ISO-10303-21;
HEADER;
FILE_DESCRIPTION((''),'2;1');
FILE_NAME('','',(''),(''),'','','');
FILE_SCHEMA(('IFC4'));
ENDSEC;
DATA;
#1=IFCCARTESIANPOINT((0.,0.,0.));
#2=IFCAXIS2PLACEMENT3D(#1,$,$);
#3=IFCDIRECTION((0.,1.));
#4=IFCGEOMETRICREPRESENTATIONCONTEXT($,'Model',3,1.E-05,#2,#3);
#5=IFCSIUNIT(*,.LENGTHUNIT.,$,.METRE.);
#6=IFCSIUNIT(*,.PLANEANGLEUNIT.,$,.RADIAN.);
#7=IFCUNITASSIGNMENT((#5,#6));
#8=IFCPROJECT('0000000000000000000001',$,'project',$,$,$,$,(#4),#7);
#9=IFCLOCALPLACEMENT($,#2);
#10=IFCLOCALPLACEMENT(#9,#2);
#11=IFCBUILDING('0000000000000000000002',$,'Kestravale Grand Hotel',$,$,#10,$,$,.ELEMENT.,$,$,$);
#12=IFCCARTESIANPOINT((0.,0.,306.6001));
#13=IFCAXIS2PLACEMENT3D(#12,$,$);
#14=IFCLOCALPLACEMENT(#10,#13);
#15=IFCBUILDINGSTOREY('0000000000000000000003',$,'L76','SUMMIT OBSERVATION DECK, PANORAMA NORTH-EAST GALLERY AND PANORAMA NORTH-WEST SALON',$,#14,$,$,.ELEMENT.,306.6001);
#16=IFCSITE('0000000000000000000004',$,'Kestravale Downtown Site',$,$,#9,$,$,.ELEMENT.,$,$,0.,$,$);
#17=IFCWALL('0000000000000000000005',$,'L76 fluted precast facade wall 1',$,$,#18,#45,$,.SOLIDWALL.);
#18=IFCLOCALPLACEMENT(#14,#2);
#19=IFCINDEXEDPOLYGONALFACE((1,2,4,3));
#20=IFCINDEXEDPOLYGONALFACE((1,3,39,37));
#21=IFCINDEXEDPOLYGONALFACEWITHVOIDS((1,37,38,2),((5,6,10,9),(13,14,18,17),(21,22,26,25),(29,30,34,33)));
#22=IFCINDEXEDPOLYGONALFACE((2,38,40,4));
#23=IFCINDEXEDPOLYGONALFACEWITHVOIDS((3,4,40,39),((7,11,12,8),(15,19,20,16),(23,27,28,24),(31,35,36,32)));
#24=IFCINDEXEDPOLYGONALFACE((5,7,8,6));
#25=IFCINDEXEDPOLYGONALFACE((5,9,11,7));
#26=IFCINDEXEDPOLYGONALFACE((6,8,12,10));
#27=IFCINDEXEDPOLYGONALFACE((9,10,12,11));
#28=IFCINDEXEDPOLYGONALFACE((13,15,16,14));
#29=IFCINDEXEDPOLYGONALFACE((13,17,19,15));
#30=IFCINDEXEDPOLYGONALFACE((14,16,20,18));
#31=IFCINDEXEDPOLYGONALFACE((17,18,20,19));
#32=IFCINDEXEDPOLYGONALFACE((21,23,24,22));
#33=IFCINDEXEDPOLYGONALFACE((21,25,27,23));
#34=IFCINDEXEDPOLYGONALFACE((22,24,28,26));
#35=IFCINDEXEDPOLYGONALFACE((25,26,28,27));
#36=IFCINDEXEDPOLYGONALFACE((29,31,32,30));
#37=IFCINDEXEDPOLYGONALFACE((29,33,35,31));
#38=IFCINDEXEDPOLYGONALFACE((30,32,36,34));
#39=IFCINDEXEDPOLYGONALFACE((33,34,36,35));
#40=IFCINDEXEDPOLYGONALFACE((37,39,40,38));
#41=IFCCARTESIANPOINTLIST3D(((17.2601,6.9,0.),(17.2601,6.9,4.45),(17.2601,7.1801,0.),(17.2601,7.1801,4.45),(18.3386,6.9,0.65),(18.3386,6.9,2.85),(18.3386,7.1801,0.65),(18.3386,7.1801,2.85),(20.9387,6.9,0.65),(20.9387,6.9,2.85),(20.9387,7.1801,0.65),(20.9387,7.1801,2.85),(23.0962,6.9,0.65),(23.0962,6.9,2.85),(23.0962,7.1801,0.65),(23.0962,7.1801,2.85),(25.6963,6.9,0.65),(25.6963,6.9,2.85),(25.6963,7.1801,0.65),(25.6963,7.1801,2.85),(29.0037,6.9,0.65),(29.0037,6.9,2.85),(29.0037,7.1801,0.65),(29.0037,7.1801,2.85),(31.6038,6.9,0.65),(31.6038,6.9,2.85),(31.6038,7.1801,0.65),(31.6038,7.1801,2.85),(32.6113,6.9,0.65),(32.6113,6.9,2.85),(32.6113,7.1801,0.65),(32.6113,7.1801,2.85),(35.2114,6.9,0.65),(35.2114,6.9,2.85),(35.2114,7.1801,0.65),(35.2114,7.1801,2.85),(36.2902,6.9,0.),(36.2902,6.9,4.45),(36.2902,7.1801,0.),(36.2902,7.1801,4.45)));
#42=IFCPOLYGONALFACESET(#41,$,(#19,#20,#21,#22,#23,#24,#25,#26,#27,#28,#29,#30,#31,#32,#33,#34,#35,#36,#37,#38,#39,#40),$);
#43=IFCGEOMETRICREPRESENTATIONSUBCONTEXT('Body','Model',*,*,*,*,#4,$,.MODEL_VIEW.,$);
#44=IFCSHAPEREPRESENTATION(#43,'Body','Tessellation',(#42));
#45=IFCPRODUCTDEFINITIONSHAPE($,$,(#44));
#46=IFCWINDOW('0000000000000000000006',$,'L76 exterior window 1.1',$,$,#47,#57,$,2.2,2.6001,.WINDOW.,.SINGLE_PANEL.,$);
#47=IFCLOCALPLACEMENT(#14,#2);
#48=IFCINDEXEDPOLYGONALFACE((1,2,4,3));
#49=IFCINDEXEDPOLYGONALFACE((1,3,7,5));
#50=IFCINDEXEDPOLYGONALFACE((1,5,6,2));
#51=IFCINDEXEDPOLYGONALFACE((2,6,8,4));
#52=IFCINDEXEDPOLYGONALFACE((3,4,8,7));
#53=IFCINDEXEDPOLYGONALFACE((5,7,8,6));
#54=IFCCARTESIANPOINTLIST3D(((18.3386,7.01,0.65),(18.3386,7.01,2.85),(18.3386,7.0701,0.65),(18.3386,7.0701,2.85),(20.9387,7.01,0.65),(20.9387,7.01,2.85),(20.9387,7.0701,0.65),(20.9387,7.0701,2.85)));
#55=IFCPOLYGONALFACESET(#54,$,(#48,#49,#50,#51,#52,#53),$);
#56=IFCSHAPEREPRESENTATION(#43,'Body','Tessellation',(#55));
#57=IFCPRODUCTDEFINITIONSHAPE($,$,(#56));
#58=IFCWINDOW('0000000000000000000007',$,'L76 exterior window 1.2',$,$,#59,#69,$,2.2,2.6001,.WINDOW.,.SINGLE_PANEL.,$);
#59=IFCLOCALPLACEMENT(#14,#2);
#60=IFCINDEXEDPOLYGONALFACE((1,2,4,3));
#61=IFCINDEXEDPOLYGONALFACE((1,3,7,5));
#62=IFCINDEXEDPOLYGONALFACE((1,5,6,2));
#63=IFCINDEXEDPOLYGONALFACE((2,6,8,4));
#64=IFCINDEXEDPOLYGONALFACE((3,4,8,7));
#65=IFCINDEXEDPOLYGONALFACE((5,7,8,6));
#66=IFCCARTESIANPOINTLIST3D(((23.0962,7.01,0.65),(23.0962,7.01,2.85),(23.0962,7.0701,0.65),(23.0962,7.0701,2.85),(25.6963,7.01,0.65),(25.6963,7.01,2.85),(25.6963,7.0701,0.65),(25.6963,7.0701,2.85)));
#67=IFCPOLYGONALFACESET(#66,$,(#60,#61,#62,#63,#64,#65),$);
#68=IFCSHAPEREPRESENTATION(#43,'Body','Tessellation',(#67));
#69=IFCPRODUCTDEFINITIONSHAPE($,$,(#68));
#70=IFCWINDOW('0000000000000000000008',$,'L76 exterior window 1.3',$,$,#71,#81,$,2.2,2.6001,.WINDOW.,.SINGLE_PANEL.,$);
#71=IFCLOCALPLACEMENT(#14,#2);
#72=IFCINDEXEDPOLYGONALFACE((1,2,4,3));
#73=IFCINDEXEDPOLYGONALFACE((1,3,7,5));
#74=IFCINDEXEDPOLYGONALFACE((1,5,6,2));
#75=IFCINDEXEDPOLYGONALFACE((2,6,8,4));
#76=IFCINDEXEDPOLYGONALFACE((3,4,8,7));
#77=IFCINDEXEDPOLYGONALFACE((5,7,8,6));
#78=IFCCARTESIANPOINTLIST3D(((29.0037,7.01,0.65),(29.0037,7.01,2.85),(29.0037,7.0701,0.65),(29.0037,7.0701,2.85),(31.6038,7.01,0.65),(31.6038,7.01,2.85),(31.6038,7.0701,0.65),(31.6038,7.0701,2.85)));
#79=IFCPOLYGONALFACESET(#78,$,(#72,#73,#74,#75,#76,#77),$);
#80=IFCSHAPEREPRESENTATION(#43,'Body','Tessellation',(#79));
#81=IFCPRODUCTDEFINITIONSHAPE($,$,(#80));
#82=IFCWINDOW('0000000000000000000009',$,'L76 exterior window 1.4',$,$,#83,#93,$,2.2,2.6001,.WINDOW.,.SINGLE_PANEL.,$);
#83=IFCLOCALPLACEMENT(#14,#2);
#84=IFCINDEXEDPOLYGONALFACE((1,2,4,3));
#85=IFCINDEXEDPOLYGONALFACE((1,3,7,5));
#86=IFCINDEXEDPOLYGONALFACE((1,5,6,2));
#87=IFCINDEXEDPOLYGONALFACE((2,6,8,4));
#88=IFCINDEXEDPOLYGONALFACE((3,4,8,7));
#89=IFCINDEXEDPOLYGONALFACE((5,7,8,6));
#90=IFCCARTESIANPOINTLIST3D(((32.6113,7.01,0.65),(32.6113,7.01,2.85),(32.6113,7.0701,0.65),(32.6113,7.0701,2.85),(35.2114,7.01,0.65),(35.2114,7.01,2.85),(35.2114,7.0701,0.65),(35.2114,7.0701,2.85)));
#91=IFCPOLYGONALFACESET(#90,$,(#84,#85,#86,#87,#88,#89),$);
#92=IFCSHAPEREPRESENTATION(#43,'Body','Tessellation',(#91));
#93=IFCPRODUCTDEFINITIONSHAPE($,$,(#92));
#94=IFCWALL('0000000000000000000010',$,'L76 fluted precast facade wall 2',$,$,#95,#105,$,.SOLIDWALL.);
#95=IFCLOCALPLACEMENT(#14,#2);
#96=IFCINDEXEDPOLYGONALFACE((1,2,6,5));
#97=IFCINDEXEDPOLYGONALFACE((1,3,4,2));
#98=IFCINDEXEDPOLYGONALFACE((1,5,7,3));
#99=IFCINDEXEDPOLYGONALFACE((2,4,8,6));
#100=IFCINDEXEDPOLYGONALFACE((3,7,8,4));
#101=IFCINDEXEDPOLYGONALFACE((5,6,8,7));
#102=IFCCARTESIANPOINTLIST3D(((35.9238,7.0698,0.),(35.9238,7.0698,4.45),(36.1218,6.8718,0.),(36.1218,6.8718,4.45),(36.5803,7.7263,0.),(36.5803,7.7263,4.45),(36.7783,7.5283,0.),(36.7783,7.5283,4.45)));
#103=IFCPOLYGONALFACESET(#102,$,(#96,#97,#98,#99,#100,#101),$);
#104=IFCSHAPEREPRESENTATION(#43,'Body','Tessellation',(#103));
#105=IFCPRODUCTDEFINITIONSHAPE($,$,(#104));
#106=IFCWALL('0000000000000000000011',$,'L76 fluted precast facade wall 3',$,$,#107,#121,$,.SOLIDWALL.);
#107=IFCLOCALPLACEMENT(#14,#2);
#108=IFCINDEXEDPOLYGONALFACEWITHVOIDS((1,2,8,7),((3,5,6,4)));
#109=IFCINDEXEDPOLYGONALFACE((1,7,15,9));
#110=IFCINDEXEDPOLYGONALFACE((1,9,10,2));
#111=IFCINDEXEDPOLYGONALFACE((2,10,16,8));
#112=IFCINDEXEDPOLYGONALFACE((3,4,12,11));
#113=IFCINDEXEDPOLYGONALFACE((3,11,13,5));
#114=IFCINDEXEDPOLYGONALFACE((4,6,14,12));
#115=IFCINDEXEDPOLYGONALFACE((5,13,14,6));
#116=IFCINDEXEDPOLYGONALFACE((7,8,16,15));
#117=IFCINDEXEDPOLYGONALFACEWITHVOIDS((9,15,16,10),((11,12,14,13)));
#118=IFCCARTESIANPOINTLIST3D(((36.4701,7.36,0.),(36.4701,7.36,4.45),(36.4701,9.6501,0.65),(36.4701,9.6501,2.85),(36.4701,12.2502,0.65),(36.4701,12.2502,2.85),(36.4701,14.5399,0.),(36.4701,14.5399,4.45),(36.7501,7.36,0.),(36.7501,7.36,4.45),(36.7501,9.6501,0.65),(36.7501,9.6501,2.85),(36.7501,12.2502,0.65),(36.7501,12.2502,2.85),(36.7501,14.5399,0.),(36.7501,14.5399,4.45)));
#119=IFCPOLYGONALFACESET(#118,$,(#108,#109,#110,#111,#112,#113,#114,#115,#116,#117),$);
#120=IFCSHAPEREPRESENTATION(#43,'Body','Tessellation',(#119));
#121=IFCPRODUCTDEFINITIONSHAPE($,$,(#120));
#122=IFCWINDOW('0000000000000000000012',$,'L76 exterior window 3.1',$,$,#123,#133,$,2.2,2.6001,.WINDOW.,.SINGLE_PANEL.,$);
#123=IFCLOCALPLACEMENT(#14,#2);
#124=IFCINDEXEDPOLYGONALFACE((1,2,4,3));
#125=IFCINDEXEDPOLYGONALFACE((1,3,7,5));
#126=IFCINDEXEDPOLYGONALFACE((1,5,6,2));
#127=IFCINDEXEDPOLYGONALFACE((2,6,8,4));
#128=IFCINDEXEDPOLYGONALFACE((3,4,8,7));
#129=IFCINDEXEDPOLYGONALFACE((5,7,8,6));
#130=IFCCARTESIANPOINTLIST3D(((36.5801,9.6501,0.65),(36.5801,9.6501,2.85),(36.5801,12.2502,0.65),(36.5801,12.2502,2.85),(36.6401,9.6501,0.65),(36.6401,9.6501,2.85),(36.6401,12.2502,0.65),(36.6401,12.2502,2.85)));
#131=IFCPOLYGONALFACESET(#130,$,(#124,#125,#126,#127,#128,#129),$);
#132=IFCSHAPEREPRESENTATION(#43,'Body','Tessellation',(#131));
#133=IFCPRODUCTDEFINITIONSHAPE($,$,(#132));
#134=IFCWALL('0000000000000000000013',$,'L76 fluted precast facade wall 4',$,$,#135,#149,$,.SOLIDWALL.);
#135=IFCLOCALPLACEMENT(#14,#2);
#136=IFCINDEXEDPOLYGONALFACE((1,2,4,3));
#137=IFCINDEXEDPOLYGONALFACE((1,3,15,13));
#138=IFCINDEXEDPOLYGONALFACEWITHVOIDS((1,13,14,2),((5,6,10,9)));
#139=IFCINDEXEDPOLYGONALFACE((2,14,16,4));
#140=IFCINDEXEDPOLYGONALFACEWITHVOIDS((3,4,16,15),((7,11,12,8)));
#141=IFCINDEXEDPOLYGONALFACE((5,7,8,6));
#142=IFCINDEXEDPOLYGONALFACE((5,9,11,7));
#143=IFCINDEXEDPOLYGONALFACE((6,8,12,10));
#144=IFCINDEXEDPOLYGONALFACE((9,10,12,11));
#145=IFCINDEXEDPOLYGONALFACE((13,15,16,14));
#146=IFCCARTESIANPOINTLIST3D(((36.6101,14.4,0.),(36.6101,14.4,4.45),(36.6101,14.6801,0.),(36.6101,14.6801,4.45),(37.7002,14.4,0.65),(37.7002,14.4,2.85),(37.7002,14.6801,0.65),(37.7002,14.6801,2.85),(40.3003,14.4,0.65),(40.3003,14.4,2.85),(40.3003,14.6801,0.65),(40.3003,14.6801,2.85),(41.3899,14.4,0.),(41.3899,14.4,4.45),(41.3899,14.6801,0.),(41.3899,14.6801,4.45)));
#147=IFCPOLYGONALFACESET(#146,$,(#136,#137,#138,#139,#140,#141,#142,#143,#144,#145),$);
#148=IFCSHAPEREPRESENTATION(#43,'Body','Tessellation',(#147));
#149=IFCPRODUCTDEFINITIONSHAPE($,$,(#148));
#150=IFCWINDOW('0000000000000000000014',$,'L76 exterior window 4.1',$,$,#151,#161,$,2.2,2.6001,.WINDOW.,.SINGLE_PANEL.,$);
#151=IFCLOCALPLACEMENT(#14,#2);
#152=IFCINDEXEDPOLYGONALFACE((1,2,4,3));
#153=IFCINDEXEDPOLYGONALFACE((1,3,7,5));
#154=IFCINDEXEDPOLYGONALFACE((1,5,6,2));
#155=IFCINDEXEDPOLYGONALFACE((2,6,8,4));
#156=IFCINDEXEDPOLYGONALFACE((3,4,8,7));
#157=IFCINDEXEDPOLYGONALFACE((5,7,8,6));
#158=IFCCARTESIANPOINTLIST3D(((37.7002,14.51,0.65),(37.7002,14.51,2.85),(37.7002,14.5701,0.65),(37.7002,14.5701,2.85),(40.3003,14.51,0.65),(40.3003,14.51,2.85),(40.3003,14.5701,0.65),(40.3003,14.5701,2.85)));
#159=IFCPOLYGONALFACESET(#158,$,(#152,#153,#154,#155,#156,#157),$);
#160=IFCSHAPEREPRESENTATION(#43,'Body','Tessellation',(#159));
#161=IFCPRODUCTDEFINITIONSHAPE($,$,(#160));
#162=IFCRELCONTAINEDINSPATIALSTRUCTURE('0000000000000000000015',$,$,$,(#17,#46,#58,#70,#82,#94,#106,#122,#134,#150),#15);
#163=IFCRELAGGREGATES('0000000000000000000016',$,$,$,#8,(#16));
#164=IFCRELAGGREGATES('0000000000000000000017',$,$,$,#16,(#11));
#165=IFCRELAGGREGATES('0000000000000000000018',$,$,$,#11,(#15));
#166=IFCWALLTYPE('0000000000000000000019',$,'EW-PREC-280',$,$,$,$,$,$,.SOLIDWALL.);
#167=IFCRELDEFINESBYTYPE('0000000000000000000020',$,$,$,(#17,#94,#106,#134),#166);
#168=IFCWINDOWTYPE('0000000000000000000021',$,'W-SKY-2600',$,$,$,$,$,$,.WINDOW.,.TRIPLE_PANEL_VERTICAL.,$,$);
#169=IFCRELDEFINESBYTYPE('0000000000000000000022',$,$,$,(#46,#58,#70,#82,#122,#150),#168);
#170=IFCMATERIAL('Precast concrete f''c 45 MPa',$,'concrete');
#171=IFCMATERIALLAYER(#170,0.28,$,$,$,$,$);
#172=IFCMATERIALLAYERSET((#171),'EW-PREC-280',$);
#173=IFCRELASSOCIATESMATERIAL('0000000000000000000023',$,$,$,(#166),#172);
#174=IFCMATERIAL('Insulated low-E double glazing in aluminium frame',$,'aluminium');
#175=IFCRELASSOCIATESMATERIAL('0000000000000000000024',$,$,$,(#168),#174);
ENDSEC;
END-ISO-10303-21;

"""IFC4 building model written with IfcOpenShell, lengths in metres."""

from ifc_helpers import new_model, si_unit, direction, frame, frame_2d, origin, place, context, subcontext, project, spatial, rectangle, extrude, material, layer, layer_set, type_object, element, fill, save


model = new_model("IFC4")

# Units and contexts
model_context = context("Model", 3, precision=1e-05, world=origin(), true_north=direction((0.0, 1.0)))
body_context = subcontext(model_context, "Body", "Model", "MODEL_VIEW")
ifc_project = project(units=[si_unit("LENGTHUNIT", "METRE"), si_unit("PLANEANGLEUNIT", "RADIAN")], contexts=[model_context])

# Site, building, storey
site_placement = place(None, origin())
site = spatial("IfcSite", under=ifc_project, at=site_placement, Name="Kestravale Downtown Site", CompositionType="ELEMENT", RefElevation=0.0)
building_placement = place(site_placement, origin())
building = spatial("IfcBuilding", under=site, at=building_placement, Name="Kestravale Grand Hotel", CompositionType="ELEMENT")
storey_placement = place(building_placement, frame((0.0, 0.0, 306.6001)))
storey = spatial("IfcBuildingStorey", under=building, at=storey_placement, Name="L76", Description="SUMMIT OBSERVATION DECK, PANORAMA NORTH-EAST GALLERY AND PANORAMA NORTH-WEST SALON", CompositionType="ELEMENT", Elevation=306.6001)

# Wall, openings, windows
ifc_material_1 = material(Name="Precast concrete f'c 45 MPa", Category="concrete")
ifc_layer_1 = layer(ifc_material_1, 0.28)
ifc_layer_set_1 = layer_set([ifc_layer_1], Name="EW-PREC-280")
wall_type_1 = type_object("IfcWallType", Name="EW-PREC-280", PredefinedType="SOLIDWALL", material=ifc_layer_set_1)
wall_1_placement = place(storey_placement, frame((17.26, 7.04, 0.0), z_axis=(0.0, 0.0, 1.0), x_axis=(1.0, 0.0, 0.0)))
wall_1 = element("IfcWall", 1, at=wall_1_placement, inside=storey, type_object=wall_type_1, Name="L76 fluted precast facade wall 1", PredefinedType="SOLIDWALL", context=body_context, shape_type="SweptSolid", body=[
    extrude(rectangle(XDim=19.03, YDim=0.28, at=frame_2d((9.5151, 0.0))), origin(), (0.0, 0.0, 1.0), 4.45),
])
opening_1_placement = place(wall_1_placement, frame((1.0786, 0.0, 0.6499)))
opening_1 = element("IfcOpeningElement", 2, at=opening_1_placement, cuts=wall_1, PredefinedType="OPENING", context=body_context, shape_type="SweptSolid", body=[
    extrude(rectangle(XDim=2.6001, YDim=2.2, at=frame_2d((1.3, 1.1001))), frame((0.0, 0.1499, 0.0), z_axis=(0.0, -1.0, 0.0), x_axis=(1.0, 0.0, 0.0)), (0.0, 0.0, 1.0), 0.3),
])
opening_2_placement = place(wall_1_placement, frame((5.8362, 0.0, 0.6499)))
opening_2 = element("IfcOpeningElement", 3, at=opening_2_placement, cuts=wall_1, PredefinedType="OPENING", context=body_context, shape_type="SweptSolid", body=[
    extrude(rectangle(XDim=2.6001, YDim=2.2, at=frame_2d((1.3, 1.1001))), frame((0.0, 0.1499, 0.0), z_axis=(0.0, -1.0, 0.0), x_axis=(1.0, 0.0, 0.0)), (0.0, 0.0, 1.0), 0.3),
])
opening_3_placement = place(wall_1_placement, frame((11.7437, 0.0, 0.6499)))
opening_3 = element("IfcOpeningElement", 4, at=opening_3_placement, cuts=wall_1, PredefinedType="OPENING", context=body_context, shape_type="SweptSolid", body=[
    extrude(rectangle(XDim=2.6001, YDim=2.2, at=frame_2d((1.3, 1.1001))), frame((0.0, 0.1499, 0.0), z_axis=(0.0, -1.0, 0.0), x_axis=(1.0, 0.0, 0.0)), (0.0, 0.0, 1.0), 0.3),
])
opening_4_placement = place(wall_1_placement, frame((15.3513, 0.0, 0.6499)))
opening_4 = element("IfcOpeningElement", 5, at=opening_4_placement, cuts=wall_1, PredefinedType="OPENING", context=body_context, shape_type="SweptSolid", body=[
    extrude(rectangle(XDim=2.6001, YDim=2.2, at=frame_2d((1.3, 1.1001))), frame((0.0, 0.1499, 0.0), z_axis=(0.0, -1.0, 0.0), x_axis=(1.0, 0.0, 0.0)), (0.0, 0.0, 1.0), 0.3),
])
ifc_material_2 = material(Name="Insulated low-E double glazing in aluminium frame", Category="aluminium")
window_type = type_object("IfcWindowType", Name="W-SKY-2600", PartitioningType="TRIPLE_PANEL_VERTICAL", PredefinedType="WINDOW", material=ifc_material_2)
window_1_placement = place(opening_1_placement, origin())
window_1 = element("IfcWindow", 6, at=window_1_placement, inside=storey, type_object=window_type, Name="L76 exterior window 1.1", OverallHeight=2.2, OverallWidth=2.6001, PartitioningType="SINGLE_PANEL", PredefinedType="WINDOW", context=body_context, shape_type="SweptSolid", body=[
    extrude(rectangle(XDim=2.6001, YDim=2.2, at=frame_2d((1.3, 1.1001))), frame((0.0, 0.03, 0.0), z_axis=(0.0, -1.0, 0.0), x_axis=(1.0, 0.0, 0.0)), (0.0, 0.0, 1.0), 0.0601),
])
fill(opening_1, window_1)
window_2_placement = place(opening_2_placement, origin())
window_2 = element("IfcWindow", 7, at=window_2_placement, inside=storey, type_object=window_type, Name="L76 exterior window 1.2", OverallHeight=2.2, OverallWidth=2.6001, PartitioningType="SINGLE_PANEL", PredefinedType="WINDOW", context=body_context, shape_type="SweptSolid", body=[
    extrude(rectangle(XDim=2.6001, YDim=2.2, at=frame_2d((1.3, 1.1001))), frame((0.0, 0.03, 0.0), z_axis=(0.0, -1.0, 0.0), x_axis=(1.0, 0.0, 0.0)), (0.0, 0.0, 1.0), 0.0601),
])
fill(opening_2, window_2)
window_3_placement = place(opening_3_placement, origin())
window_3 = element("IfcWindow", 8, at=window_3_placement, inside=storey, type_object=window_type, Name="L76 exterior window 1.3", OverallHeight=2.2, OverallWidth=2.6001, PartitioningType="SINGLE_PANEL", PredefinedType="WINDOW", context=body_context, shape_type="SweptSolid", body=[
    extrude(rectangle(XDim=2.6001, YDim=2.2, at=frame_2d((1.3, 1.1001))), frame((0.0, 0.03, 0.0), z_axis=(0.0, -1.0, 0.0), x_axis=(1.0, 0.0, 0.0)), (0.0, 0.0, 1.0), 0.0601),
])
fill(opening_3, window_3)
window_4_placement = place(opening_4_placement, origin())
window_4 = element("IfcWindow", 9, at=window_4_placement, inside=storey, type_object=window_type, Name="L76 exterior window 1.4", OverallHeight=2.2, OverallWidth=2.6001, PartitioningType="SINGLE_PANEL", PredefinedType="WINDOW", context=body_context, shape_type="SweptSolid", body=[
    extrude(rectangle(XDim=2.6001, YDim=2.2, at=frame_2d((1.3, 1.1001))), frame((0.0, 0.03, 0.0), z_axis=(0.0, -1.0, 0.0), x_axis=(1.0, 0.0, 0.0)), (0.0, 0.0, 1.0), 0.0601),
])
fill(opening_4, window_4)

# Wall
wall_2_placement = place(storey_placement, frame((36.0227, 6.9707, 0.0), z_axis=(0.0, 0.0, 1.0), x_axis=(0.707107, 0.707107, 0.0)))
element("IfcWall", 10, at=wall_2_placement, inside=storey, type_object=wall_type_1, Name="L76 fluted precast facade wall 2", PredefinedType="SOLIDWALL", context=body_context, shape_type="SweptSolid", body=[
    extrude(rectangle(XDim=0.9285, YDim=0.28, at=frame_2d((0.4644, 0.0))), origin(), (0.0, 0.0, 1.0), 4.45),
])

# Walls, openings, windows
wall_3_placement = place(storey_placement, frame((36.6101, 7.3601, 0.0), z_axis=(0.0, 0.0, 1.0), x_axis=(0.0, 1.0, 0.0)))
wall_3 = element("IfcWall", 11, at=wall_3_placement, inside=storey, type_object=wall_type_1, Name="L76 fluted precast facade wall 3", PredefinedType="SOLIDWALL", context=body_context, shape_type="SweptSolid", body=[
    extrude(rectangle(XDim=7.1799, YDim=0.28, at=frame_2d((3.5898, 0.0))), origin(), (0.0, 0.0, 1.0), 4.45),
])
opening_5_placement = place(wall_3_placement, frame((2.29, 0.0, 0.6499)))
opening_5 = element("IfcOpeningElement", 12, at=opening_5_placement, cuts=wall_3, PredefinedType="OPENING", context=body_context, shape_type="SweptSolid", body=[
    extrude(rectangle(XDim=2.6001, YDim=2.2, at=frame_2d((1.3, 1.1001))), frame((0.0, 0.1499, 0.0), z_axis=(0.0, -1.0, 0.0), x_axis=(1.0, 0.0, 0.0)), (0.0, 0.0, 1.0), 0.3),
])
window_5_placement = place(opening_5_placement, origin())
window_5 = element("IfcWindow", 13, at=window_5_placement, inside=storey, type_object=window_type, Name="L76 exterior window 3.1", OverallHeight=2.2, OverallWidth=2.6001, PartitioningType="SINGLE_PANEL", PredefinedType="WINDOW", context=body_context, shape_type="SweptSolid", body=[
    extrude(rectangle(XDim=2.6001, YDim=2.2, at=frame_2d((1.3, 1.1001))), frame((0.0, 0.03, 0.0), z_axis=(0.0, -1.0, 0.0), x_axis=(1.0, 0.0, 0.0)), (0.0, 0.0, 1.0), 0.0601),
])
fill(opening_5, window_5)
wall_4_placement = place(storey_placement, frame((36.6101, 14.54, 0.0), z_axis=(0.0, 0.0, 1.0), x_axis=(1.0, 0.0, 0.0)))
wall_4 = element("IfcWall", 14, at=wall_4_placement, inside=storey, type_object=wall_type_1, Name="L76 fluted precast facade wall 4", PredefinedType="SOLIDWALL", context=body_context, shape_type="SweptSolid", body=[
    extrude(rectangle(XDim=4.7798, YDim=0.28, at=frame_2d((2.3899, 0.0))), origin(), (0.0, 0.0, 1.0), 4.45),
])
opening_6_placement = place(wall_4_placement, frame((1.0901, 0.0, 0.6499)))
opening_6 = element("IfcOpeningElement", 15, at=opening_6_placement, cuts=wall_4, PredefinedType="OPENING", context=body_context, shape_type="SweptSolid", body=[
    extrude(rectangle(XDim=2.6001, YDim=2.2, at=frame_2d((1.3, 1.1001))), frame((0.0, 0.1499, 0.0), z_axis=(0.0, -1.0, 0.0), x_axis=(1.0, 0.0, 0.0)), (0.0, 0.0, 1.0), 0.3),
])
window_6_placement = place(opening_6_placement, origin())
window_6 = element("IfcWindow", 16, at=window_6_placement, inside=storey, type_object=window_type, Name="L76 exterior window 4.1", OverallHeight=2.2, OverallWidth=2.6001, PartitioningType="SINGLE_PANEL", PredefinedType="WINDOW", context=body_context, shape_type="SweptSolid", body=[
    extrude(rectangle(XDim=2.6001, YDim=2.2, at=frame_2d((1.3, 1.1001))), frame((0.0, 0.03, 0.0), z_axis=(0.0, -1.0, 0.0), x_axis=(1.0, 0.0, 0.0)), (0.0, 0.0, 1.0), 0.0601),
])
fill(opening_6, window_6)

save(model, "model.ifc")
